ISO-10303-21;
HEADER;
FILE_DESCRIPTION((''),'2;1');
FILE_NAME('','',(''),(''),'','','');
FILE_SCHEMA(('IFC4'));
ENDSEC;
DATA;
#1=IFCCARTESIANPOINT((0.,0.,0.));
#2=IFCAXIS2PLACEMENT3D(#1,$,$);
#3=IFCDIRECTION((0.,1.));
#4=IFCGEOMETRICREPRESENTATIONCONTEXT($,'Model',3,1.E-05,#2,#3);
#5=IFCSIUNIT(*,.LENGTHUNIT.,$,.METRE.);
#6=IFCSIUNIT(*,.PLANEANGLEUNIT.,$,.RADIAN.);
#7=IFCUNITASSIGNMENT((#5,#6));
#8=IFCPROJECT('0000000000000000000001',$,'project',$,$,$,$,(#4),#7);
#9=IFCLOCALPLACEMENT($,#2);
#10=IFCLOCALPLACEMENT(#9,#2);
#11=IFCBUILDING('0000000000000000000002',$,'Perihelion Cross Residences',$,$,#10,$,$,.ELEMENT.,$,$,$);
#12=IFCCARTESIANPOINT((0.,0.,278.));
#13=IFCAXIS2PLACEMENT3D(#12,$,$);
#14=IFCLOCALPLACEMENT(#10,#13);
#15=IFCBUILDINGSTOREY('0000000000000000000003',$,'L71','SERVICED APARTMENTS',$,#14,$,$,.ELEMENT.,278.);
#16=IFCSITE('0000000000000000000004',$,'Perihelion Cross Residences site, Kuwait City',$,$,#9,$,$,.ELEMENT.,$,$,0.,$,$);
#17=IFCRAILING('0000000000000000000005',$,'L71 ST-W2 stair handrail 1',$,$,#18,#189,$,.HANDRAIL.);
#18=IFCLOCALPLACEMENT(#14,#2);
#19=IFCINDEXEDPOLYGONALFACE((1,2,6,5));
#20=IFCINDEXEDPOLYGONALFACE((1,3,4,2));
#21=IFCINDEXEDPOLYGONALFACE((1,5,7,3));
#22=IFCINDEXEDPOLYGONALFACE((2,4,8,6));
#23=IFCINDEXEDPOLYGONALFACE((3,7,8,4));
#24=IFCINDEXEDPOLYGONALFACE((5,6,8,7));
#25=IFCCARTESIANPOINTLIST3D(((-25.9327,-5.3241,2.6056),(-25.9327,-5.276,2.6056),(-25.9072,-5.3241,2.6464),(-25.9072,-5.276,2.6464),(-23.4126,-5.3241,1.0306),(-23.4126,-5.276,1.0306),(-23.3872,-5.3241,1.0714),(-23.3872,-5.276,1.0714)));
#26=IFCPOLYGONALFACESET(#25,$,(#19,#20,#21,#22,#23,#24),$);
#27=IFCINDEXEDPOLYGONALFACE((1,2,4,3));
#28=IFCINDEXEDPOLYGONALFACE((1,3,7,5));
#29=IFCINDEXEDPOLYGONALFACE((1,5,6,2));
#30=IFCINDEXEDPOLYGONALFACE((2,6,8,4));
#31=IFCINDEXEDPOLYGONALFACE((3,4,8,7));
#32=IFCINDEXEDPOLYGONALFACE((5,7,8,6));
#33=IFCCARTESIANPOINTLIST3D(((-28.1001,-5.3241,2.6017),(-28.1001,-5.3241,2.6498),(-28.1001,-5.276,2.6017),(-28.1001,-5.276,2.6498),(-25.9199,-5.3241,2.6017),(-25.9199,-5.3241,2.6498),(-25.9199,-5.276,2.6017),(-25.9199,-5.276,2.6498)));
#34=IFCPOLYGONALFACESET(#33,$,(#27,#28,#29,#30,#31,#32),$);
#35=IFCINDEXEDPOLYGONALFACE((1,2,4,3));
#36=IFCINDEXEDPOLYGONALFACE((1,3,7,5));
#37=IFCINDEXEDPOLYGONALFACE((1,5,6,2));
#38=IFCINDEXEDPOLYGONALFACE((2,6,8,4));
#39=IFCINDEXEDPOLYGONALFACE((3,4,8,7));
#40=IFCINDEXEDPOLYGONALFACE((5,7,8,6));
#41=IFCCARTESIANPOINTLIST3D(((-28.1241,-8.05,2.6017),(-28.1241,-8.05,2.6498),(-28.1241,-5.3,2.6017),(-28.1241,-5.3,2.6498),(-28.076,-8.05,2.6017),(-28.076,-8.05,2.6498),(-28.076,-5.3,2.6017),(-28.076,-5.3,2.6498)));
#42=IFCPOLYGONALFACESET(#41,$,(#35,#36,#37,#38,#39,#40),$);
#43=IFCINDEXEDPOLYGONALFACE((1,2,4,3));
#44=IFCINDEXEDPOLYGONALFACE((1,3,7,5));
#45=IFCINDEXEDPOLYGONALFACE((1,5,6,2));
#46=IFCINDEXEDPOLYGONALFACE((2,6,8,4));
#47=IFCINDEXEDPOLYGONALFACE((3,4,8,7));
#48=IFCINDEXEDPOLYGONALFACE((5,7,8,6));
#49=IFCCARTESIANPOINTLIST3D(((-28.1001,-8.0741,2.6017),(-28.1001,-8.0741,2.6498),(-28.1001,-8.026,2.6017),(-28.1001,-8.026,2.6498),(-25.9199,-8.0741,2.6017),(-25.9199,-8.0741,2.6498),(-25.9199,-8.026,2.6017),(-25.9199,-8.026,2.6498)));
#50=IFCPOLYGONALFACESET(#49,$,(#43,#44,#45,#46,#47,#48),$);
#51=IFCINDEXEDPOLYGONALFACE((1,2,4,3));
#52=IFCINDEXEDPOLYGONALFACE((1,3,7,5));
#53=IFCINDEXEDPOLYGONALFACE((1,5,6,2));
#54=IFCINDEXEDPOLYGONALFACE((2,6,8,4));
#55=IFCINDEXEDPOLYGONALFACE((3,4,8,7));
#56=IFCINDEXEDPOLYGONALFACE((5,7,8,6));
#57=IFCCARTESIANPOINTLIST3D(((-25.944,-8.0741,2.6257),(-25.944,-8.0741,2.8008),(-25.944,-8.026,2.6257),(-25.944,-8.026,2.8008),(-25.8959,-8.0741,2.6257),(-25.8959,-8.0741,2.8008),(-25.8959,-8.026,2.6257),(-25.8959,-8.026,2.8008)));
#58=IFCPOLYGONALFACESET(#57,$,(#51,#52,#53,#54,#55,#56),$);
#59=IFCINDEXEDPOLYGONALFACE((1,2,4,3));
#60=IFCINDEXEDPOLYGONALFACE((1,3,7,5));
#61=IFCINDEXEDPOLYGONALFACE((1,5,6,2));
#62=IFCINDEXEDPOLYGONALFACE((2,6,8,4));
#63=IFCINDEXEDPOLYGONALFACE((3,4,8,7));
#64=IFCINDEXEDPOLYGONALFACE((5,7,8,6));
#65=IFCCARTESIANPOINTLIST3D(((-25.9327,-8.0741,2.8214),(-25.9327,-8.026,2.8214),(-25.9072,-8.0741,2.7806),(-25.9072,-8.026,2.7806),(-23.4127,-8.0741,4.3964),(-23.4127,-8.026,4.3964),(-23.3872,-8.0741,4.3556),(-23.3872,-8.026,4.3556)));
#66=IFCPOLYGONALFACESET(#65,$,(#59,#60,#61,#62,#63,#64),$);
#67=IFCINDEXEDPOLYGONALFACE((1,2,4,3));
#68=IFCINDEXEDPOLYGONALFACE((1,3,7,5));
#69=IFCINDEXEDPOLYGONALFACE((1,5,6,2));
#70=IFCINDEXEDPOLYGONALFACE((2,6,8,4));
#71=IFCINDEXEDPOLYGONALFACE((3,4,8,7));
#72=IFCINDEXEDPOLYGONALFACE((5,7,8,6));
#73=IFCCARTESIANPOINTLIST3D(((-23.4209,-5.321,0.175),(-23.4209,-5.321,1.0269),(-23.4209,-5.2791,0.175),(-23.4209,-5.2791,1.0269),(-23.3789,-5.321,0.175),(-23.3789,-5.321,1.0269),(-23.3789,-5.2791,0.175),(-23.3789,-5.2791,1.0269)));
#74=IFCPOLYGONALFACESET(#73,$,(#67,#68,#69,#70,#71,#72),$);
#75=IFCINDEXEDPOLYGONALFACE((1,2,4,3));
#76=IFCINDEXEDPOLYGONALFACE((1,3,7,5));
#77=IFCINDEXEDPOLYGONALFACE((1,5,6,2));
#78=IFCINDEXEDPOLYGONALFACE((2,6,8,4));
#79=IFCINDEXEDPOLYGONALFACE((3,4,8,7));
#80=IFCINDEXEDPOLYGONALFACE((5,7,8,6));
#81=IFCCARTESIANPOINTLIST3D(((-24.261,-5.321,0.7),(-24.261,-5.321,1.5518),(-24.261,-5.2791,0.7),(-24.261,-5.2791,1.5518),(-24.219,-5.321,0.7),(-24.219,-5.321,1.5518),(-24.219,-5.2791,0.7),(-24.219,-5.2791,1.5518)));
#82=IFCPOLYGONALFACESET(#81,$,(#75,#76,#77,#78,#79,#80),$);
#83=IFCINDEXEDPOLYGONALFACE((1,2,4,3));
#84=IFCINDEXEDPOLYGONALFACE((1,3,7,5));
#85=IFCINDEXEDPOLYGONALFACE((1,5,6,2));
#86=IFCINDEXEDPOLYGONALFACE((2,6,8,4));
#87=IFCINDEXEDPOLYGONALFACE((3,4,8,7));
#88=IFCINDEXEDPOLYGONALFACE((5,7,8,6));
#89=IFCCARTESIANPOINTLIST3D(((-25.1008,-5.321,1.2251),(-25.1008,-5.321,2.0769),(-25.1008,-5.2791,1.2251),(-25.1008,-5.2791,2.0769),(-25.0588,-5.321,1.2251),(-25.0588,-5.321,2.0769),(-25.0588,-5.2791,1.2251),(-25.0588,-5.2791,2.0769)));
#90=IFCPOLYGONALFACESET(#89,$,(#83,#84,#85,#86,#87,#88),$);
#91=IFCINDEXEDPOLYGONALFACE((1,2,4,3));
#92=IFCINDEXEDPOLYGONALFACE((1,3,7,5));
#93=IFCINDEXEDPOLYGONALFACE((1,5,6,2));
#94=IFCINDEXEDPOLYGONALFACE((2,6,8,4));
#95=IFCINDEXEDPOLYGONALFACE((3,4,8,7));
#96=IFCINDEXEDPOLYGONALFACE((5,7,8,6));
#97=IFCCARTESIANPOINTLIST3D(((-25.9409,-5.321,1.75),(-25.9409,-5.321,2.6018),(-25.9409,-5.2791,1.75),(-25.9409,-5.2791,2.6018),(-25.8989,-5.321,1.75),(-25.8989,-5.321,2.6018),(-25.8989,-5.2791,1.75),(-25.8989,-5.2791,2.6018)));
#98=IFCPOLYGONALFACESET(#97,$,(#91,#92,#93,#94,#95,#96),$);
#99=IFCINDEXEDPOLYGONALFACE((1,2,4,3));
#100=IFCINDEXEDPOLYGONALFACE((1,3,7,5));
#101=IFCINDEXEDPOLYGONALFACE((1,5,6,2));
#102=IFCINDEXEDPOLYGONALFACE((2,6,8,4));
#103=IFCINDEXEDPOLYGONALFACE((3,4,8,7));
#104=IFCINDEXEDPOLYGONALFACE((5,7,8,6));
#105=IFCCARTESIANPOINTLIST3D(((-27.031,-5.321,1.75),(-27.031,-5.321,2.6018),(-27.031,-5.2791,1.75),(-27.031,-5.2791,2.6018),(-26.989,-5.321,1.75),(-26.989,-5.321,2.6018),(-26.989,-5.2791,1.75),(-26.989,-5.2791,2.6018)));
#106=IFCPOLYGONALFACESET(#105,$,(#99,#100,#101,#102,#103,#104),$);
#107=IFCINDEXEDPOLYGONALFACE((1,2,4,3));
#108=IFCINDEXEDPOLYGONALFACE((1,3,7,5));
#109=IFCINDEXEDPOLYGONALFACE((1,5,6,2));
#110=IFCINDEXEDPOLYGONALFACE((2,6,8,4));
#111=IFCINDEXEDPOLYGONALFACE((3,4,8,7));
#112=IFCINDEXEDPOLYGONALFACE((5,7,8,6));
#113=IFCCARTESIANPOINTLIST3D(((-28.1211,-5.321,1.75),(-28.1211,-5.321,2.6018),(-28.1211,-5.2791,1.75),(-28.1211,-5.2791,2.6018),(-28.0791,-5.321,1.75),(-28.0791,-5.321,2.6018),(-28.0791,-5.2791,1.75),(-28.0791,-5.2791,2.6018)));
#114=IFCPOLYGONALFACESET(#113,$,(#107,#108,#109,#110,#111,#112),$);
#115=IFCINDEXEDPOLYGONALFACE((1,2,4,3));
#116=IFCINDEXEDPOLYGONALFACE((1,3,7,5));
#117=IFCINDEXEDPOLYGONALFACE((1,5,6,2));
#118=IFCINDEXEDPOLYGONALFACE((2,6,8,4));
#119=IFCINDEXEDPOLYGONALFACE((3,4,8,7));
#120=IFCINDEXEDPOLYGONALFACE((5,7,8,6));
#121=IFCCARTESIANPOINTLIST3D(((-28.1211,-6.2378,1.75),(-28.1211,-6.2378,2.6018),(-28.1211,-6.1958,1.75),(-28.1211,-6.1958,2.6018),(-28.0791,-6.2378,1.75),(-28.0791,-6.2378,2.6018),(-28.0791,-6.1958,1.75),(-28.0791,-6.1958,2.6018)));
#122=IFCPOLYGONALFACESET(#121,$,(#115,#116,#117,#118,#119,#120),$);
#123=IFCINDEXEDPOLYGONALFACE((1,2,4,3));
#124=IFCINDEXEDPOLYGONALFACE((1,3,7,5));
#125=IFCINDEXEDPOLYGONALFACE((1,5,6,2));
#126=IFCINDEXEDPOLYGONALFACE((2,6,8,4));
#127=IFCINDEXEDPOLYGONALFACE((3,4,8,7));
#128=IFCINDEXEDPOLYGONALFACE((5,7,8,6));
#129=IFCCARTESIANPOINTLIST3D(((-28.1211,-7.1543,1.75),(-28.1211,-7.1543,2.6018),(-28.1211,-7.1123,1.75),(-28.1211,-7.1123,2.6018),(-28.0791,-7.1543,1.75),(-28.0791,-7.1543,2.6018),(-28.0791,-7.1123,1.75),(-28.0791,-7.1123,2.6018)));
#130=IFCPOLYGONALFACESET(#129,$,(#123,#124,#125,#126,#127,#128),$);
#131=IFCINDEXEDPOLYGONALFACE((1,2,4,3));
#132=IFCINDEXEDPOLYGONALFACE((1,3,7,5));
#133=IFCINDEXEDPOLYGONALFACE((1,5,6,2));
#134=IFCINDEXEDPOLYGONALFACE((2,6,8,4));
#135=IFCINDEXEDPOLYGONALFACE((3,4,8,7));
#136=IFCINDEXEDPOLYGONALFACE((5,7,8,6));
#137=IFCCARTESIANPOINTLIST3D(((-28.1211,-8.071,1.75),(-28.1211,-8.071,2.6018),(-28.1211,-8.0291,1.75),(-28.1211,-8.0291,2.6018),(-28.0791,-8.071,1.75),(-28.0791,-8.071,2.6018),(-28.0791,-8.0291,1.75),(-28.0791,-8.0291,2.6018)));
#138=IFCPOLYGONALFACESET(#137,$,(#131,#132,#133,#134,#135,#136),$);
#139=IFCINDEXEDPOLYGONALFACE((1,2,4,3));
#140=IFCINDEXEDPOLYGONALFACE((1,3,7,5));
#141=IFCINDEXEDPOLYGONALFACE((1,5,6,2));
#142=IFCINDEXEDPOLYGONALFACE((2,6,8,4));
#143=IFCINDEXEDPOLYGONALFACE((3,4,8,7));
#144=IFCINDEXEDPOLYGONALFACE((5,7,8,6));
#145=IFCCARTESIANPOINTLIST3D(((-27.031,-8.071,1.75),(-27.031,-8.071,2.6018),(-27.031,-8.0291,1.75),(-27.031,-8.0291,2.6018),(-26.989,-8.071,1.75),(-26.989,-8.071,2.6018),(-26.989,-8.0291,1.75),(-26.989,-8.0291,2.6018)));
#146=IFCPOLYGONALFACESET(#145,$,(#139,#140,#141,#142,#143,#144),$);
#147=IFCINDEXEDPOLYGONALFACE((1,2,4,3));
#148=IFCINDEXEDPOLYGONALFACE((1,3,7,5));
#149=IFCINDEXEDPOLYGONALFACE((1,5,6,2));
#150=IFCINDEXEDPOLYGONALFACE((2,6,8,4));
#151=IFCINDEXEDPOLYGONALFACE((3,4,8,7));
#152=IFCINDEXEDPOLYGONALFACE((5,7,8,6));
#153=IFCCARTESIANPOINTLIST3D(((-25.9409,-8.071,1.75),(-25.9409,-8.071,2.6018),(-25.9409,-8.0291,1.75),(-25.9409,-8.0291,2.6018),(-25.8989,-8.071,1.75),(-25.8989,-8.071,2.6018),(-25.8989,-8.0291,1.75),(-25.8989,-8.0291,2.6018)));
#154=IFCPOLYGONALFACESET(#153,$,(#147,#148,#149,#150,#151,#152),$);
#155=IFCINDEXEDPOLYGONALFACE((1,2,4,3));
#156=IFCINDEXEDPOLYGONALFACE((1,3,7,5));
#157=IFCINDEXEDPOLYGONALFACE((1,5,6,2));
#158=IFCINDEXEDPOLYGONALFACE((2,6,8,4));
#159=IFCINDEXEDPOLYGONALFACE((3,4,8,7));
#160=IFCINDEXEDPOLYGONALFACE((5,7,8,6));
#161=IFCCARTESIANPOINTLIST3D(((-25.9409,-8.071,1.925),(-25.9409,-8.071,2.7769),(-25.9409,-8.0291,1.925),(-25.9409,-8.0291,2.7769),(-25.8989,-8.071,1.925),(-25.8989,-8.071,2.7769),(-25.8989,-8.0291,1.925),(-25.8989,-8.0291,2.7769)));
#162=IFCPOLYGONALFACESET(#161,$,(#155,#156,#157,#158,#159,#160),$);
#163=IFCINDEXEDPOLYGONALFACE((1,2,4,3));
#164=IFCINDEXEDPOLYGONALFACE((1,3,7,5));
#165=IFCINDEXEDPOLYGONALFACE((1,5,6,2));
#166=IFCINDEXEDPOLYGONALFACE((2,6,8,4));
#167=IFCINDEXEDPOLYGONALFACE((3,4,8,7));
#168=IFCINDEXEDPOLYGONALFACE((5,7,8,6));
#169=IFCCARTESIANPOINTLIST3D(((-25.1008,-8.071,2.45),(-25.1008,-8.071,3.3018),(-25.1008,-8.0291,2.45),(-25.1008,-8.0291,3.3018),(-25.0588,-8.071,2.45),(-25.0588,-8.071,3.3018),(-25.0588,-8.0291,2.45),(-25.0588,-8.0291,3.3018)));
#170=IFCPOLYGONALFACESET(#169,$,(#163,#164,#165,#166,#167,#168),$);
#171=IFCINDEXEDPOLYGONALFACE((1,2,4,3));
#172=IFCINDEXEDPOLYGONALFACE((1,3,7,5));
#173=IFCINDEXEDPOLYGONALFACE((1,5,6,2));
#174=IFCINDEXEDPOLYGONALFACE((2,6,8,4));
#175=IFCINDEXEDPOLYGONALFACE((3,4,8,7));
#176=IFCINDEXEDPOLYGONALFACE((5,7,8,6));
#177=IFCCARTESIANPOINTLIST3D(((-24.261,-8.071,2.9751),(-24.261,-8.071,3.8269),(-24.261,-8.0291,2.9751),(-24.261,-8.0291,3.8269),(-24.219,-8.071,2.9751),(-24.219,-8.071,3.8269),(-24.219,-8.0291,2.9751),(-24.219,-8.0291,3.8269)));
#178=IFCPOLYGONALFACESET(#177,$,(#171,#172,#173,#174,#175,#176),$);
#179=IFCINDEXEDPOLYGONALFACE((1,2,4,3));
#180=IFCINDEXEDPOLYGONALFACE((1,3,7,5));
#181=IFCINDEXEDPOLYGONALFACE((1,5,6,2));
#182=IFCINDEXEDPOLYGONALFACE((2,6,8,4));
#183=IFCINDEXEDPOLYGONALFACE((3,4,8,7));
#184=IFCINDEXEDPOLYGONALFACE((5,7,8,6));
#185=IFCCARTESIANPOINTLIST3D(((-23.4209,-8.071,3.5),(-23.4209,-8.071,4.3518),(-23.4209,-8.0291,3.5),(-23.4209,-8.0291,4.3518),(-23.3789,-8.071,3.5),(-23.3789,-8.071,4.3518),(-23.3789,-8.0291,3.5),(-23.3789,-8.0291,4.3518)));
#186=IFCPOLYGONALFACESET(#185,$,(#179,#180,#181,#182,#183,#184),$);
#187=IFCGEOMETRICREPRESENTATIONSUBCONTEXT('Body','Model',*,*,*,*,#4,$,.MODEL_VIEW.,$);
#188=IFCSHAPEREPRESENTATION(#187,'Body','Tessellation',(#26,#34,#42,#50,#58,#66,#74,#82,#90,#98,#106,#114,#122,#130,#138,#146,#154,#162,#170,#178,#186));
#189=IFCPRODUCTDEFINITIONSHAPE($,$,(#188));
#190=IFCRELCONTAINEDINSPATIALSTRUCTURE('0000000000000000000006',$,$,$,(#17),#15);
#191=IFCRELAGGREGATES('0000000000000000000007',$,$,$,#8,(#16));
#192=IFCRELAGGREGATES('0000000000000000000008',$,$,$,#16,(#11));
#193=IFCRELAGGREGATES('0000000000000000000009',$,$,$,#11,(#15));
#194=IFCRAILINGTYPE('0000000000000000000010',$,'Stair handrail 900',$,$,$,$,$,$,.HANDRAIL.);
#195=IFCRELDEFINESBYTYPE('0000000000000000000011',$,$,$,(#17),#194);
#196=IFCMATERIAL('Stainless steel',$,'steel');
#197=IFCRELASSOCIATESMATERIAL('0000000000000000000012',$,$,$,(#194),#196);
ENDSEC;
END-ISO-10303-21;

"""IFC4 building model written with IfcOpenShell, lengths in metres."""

from ifc_helpers import new_model, si_unit, direction, frame, origin, origin_2d, place, context, subcontext, project, spatial, rectangle, extrude, material, type_object, element, save


model = new_model("IFC4")

# Units and contexts
model_context = context("Model", 3, precision=1e-05, world=origin(), true_north=direction((0.0, 1.0)))
body_context = subcontext(model_context, "Body", "Model", "MODEL_VIEW")
ifc_project = project(units=[si_unit("LENGTHUNIT", "METRE"), si_unit("PLANEANGLEUNIT", "RADIAN")], contexts=[model_context])

# Site, building, storey
site_placement = place(None, origin())
site = spatial("IfcSite", under=ifc_project, at=site_placement, Name="Perihelion Cross Residences site, Kuwait City", CompositionType="ELEMENT", RefElevation=0.0)
building_placement = place(site_placement, origin())
building = spatial("IfcBuilding", under=site, at=building_placement, Name="Perihelion Cross Residences", CompositionType="ELEMENT")
storey_placement = place(building_placement, frame((0.0, 0.0, 278.0)))
storey = spatial("IfcBuildingStorey", under=building, at=storey_placement, Name="L71", Description="SERVICED APARTMENTS", CompositionType="ELEMENT", Elevation=278.0)

# Railing
ifc_material_1 = material(Name="Stainless steel", Category="steel")
railing_type_1 = type_object("IfcRailingType", Name="Stair handrail 900", PredefinedType="HANDRAIL", material=ifc_material_1)
railing_1_placement = place(storey_placement, frame((-23.3999, -5.3, 0.175)))
element("IfcRailing", 1, at=railing_1_placement, inside=storey, type_object=railing_type_1, Name="L71 ST-W2 stair handrail 1", PredefinedType="HANDRAIL", context=body_context, shape_type="SweptSolid", body=[
    extrude(rectangle(XDim=0.0481, YDim=0.0481, at=origin_2d()), frame((0.0, 0.0, 0.876), z_axis=(-0.848008, 0.0, 0.529984), x_axis=(0.0, -1.0, 0.0)), (0.0, 0.0, 1.0), 2.9717),
    extrude(rectangle(XDim=0.0481, YDim=0.0481, at=origin_2d()), frame((-2.52, 0.0, 2.4507), z_axis=(-1.0, 0.0, 0.0), x_axis=(0.0, -1.0, 0.0)), (0.0, 0.0, 1.0), 2.1802),
    extrude(rectangle(XDim=0.0481, YDim=0.0481, at=origin_2d()), frame((-4.7002, 0.0, 2.4507), z_axis=(0.0, -1.0, 0.0), x_axis=(1.0, 0.0, 0.0)), (0.0, 0.0, 1.0), 2.75),
    extrude(rectangle(XDim=0.0481, YDim=0.0481, at=origin_2d()), frame((-4.7002, -2.75, 2.4507), z_axis=(1.0, 0.0, 0.0), x_axis=(0.0, 1.0, 0.0)), (0.0, 0.0, 1.0), 2.1802),
    extrude(rectangle(XDim=0.0481, YDim=0.0481, at=origin_2d()), frame((-2.52, -2.75, 2.4507), z_axis=(0.0, 0.0, 1.0), x_axis=(1.0, 0.0, 0.0)), (0.0, 0.0, 1.0), 0.175),
    extrude(rectangle(XDim=0.0481, YDim=0.0481, at=origin_2d()), frame((-2.52, -2.75, 2.626), z_axis=(0.848008, 0.0, 0.529984), x_axis=(0.0, 1.0, 0.0)), (0.0, 0.0, 1.0), 2.9717),
    extrude(rectangle(XDim=0.042, YDim=0.042, at=origin_2d()), origin(), (0.0, 0.0, 1.0), 0.8518),
    extrude(rectangle(XDim=0.042, YDim=0.042, at=origin_2d()), frame((-0.8401, 0.0, 0.5249)), (0.0, 0.0, 1.0), 0.8518),
    extrude(rectangle(XDim=0.042, YDim=0.042, at=origin_2d()), frame((-1.6799, 0.0, 1.05)), (0.0, 0.0, 1.0), 0.8518),
    extrude(rectangle(XDim=0.042, YDim=0.042, at=origin_2d()), frame((-2.52, 0.0, 1.575)), (0.0, 0.0, 1.0), 0.8518),
    extrude(rectangle(XDim=0.042, YDim=0.042, at=origin_2d()), frame((-3.6101, 0.0, 1.575)), (0.0, 0.0, 1.0), 0.8518),
    extrude(rectangle(XDim=0.042, YDim=0.042, at=origin_2d()), frame((-4.7002, 0.0, 1.575)), (0.0, 0.0, 1.0), 0.8518),
    extrude(rectangle(XDim=0.042, YDim=0.042, at=origin_2d()), frame((-4.7002, -0.9167, 1.575)), (0.0, 0.0, 1.0), 0.8518),
    extrude(rectangle(XDim=0.042, YDim=0.042, at=origin_2d()), frame((-4.7002, -1.8333, 1.575)), (0.0, 0.0, 1.0), 0.8518),
    extrude(rectangle(XDim=0.042, YDim=0.042, at=origin_2d()), frame((-4.7002, -2.75, 1.575)), (0.0, 0.0, 1.0), 0.8518),
    extrude(rectangle(XDim=0.042, YDim=0.042, at=origin_2d()), frame((-3.6101, -2.75, 1.575)), (0.0, 0.0, 1.0), 0.8518),
    extrude(rectangle(XDim=0.042, YDim=0.042, at=origin_2d()), frame((-2.52, -2.75, 1.575)), (0.0, 0.0, 1.0), 0.8518),
    extrude(rectangle(XDim=0.042, YDim=0.042, at=origin_2d()), frame((-2.52, -2.75, 1.75)), (0.0, 0.0, 1.0), 0.8518),
    extrude(rectangle(XDim=0.042, YDim=0.042, at=origin_2d()), frame((-1.6799, -2.75, 2.2749)), (0.0, 0.0, 1.0), 0.8518),
    extrude(rectangle(XDim=0.042, YDim=0.042, at=origin_2d()), frame((-0.8401, -2.75, 2.8)), (0.0, 0.0, 1.0), 0.8518),
    extrude(rectangle(XDim=0.042, YDim=0.042, at=origin_2d()), frame((0.0, -2.75, 3.325)), (0.0, 0.0, 1.0), 0.8518),
])

save(model, "model.ifc")
